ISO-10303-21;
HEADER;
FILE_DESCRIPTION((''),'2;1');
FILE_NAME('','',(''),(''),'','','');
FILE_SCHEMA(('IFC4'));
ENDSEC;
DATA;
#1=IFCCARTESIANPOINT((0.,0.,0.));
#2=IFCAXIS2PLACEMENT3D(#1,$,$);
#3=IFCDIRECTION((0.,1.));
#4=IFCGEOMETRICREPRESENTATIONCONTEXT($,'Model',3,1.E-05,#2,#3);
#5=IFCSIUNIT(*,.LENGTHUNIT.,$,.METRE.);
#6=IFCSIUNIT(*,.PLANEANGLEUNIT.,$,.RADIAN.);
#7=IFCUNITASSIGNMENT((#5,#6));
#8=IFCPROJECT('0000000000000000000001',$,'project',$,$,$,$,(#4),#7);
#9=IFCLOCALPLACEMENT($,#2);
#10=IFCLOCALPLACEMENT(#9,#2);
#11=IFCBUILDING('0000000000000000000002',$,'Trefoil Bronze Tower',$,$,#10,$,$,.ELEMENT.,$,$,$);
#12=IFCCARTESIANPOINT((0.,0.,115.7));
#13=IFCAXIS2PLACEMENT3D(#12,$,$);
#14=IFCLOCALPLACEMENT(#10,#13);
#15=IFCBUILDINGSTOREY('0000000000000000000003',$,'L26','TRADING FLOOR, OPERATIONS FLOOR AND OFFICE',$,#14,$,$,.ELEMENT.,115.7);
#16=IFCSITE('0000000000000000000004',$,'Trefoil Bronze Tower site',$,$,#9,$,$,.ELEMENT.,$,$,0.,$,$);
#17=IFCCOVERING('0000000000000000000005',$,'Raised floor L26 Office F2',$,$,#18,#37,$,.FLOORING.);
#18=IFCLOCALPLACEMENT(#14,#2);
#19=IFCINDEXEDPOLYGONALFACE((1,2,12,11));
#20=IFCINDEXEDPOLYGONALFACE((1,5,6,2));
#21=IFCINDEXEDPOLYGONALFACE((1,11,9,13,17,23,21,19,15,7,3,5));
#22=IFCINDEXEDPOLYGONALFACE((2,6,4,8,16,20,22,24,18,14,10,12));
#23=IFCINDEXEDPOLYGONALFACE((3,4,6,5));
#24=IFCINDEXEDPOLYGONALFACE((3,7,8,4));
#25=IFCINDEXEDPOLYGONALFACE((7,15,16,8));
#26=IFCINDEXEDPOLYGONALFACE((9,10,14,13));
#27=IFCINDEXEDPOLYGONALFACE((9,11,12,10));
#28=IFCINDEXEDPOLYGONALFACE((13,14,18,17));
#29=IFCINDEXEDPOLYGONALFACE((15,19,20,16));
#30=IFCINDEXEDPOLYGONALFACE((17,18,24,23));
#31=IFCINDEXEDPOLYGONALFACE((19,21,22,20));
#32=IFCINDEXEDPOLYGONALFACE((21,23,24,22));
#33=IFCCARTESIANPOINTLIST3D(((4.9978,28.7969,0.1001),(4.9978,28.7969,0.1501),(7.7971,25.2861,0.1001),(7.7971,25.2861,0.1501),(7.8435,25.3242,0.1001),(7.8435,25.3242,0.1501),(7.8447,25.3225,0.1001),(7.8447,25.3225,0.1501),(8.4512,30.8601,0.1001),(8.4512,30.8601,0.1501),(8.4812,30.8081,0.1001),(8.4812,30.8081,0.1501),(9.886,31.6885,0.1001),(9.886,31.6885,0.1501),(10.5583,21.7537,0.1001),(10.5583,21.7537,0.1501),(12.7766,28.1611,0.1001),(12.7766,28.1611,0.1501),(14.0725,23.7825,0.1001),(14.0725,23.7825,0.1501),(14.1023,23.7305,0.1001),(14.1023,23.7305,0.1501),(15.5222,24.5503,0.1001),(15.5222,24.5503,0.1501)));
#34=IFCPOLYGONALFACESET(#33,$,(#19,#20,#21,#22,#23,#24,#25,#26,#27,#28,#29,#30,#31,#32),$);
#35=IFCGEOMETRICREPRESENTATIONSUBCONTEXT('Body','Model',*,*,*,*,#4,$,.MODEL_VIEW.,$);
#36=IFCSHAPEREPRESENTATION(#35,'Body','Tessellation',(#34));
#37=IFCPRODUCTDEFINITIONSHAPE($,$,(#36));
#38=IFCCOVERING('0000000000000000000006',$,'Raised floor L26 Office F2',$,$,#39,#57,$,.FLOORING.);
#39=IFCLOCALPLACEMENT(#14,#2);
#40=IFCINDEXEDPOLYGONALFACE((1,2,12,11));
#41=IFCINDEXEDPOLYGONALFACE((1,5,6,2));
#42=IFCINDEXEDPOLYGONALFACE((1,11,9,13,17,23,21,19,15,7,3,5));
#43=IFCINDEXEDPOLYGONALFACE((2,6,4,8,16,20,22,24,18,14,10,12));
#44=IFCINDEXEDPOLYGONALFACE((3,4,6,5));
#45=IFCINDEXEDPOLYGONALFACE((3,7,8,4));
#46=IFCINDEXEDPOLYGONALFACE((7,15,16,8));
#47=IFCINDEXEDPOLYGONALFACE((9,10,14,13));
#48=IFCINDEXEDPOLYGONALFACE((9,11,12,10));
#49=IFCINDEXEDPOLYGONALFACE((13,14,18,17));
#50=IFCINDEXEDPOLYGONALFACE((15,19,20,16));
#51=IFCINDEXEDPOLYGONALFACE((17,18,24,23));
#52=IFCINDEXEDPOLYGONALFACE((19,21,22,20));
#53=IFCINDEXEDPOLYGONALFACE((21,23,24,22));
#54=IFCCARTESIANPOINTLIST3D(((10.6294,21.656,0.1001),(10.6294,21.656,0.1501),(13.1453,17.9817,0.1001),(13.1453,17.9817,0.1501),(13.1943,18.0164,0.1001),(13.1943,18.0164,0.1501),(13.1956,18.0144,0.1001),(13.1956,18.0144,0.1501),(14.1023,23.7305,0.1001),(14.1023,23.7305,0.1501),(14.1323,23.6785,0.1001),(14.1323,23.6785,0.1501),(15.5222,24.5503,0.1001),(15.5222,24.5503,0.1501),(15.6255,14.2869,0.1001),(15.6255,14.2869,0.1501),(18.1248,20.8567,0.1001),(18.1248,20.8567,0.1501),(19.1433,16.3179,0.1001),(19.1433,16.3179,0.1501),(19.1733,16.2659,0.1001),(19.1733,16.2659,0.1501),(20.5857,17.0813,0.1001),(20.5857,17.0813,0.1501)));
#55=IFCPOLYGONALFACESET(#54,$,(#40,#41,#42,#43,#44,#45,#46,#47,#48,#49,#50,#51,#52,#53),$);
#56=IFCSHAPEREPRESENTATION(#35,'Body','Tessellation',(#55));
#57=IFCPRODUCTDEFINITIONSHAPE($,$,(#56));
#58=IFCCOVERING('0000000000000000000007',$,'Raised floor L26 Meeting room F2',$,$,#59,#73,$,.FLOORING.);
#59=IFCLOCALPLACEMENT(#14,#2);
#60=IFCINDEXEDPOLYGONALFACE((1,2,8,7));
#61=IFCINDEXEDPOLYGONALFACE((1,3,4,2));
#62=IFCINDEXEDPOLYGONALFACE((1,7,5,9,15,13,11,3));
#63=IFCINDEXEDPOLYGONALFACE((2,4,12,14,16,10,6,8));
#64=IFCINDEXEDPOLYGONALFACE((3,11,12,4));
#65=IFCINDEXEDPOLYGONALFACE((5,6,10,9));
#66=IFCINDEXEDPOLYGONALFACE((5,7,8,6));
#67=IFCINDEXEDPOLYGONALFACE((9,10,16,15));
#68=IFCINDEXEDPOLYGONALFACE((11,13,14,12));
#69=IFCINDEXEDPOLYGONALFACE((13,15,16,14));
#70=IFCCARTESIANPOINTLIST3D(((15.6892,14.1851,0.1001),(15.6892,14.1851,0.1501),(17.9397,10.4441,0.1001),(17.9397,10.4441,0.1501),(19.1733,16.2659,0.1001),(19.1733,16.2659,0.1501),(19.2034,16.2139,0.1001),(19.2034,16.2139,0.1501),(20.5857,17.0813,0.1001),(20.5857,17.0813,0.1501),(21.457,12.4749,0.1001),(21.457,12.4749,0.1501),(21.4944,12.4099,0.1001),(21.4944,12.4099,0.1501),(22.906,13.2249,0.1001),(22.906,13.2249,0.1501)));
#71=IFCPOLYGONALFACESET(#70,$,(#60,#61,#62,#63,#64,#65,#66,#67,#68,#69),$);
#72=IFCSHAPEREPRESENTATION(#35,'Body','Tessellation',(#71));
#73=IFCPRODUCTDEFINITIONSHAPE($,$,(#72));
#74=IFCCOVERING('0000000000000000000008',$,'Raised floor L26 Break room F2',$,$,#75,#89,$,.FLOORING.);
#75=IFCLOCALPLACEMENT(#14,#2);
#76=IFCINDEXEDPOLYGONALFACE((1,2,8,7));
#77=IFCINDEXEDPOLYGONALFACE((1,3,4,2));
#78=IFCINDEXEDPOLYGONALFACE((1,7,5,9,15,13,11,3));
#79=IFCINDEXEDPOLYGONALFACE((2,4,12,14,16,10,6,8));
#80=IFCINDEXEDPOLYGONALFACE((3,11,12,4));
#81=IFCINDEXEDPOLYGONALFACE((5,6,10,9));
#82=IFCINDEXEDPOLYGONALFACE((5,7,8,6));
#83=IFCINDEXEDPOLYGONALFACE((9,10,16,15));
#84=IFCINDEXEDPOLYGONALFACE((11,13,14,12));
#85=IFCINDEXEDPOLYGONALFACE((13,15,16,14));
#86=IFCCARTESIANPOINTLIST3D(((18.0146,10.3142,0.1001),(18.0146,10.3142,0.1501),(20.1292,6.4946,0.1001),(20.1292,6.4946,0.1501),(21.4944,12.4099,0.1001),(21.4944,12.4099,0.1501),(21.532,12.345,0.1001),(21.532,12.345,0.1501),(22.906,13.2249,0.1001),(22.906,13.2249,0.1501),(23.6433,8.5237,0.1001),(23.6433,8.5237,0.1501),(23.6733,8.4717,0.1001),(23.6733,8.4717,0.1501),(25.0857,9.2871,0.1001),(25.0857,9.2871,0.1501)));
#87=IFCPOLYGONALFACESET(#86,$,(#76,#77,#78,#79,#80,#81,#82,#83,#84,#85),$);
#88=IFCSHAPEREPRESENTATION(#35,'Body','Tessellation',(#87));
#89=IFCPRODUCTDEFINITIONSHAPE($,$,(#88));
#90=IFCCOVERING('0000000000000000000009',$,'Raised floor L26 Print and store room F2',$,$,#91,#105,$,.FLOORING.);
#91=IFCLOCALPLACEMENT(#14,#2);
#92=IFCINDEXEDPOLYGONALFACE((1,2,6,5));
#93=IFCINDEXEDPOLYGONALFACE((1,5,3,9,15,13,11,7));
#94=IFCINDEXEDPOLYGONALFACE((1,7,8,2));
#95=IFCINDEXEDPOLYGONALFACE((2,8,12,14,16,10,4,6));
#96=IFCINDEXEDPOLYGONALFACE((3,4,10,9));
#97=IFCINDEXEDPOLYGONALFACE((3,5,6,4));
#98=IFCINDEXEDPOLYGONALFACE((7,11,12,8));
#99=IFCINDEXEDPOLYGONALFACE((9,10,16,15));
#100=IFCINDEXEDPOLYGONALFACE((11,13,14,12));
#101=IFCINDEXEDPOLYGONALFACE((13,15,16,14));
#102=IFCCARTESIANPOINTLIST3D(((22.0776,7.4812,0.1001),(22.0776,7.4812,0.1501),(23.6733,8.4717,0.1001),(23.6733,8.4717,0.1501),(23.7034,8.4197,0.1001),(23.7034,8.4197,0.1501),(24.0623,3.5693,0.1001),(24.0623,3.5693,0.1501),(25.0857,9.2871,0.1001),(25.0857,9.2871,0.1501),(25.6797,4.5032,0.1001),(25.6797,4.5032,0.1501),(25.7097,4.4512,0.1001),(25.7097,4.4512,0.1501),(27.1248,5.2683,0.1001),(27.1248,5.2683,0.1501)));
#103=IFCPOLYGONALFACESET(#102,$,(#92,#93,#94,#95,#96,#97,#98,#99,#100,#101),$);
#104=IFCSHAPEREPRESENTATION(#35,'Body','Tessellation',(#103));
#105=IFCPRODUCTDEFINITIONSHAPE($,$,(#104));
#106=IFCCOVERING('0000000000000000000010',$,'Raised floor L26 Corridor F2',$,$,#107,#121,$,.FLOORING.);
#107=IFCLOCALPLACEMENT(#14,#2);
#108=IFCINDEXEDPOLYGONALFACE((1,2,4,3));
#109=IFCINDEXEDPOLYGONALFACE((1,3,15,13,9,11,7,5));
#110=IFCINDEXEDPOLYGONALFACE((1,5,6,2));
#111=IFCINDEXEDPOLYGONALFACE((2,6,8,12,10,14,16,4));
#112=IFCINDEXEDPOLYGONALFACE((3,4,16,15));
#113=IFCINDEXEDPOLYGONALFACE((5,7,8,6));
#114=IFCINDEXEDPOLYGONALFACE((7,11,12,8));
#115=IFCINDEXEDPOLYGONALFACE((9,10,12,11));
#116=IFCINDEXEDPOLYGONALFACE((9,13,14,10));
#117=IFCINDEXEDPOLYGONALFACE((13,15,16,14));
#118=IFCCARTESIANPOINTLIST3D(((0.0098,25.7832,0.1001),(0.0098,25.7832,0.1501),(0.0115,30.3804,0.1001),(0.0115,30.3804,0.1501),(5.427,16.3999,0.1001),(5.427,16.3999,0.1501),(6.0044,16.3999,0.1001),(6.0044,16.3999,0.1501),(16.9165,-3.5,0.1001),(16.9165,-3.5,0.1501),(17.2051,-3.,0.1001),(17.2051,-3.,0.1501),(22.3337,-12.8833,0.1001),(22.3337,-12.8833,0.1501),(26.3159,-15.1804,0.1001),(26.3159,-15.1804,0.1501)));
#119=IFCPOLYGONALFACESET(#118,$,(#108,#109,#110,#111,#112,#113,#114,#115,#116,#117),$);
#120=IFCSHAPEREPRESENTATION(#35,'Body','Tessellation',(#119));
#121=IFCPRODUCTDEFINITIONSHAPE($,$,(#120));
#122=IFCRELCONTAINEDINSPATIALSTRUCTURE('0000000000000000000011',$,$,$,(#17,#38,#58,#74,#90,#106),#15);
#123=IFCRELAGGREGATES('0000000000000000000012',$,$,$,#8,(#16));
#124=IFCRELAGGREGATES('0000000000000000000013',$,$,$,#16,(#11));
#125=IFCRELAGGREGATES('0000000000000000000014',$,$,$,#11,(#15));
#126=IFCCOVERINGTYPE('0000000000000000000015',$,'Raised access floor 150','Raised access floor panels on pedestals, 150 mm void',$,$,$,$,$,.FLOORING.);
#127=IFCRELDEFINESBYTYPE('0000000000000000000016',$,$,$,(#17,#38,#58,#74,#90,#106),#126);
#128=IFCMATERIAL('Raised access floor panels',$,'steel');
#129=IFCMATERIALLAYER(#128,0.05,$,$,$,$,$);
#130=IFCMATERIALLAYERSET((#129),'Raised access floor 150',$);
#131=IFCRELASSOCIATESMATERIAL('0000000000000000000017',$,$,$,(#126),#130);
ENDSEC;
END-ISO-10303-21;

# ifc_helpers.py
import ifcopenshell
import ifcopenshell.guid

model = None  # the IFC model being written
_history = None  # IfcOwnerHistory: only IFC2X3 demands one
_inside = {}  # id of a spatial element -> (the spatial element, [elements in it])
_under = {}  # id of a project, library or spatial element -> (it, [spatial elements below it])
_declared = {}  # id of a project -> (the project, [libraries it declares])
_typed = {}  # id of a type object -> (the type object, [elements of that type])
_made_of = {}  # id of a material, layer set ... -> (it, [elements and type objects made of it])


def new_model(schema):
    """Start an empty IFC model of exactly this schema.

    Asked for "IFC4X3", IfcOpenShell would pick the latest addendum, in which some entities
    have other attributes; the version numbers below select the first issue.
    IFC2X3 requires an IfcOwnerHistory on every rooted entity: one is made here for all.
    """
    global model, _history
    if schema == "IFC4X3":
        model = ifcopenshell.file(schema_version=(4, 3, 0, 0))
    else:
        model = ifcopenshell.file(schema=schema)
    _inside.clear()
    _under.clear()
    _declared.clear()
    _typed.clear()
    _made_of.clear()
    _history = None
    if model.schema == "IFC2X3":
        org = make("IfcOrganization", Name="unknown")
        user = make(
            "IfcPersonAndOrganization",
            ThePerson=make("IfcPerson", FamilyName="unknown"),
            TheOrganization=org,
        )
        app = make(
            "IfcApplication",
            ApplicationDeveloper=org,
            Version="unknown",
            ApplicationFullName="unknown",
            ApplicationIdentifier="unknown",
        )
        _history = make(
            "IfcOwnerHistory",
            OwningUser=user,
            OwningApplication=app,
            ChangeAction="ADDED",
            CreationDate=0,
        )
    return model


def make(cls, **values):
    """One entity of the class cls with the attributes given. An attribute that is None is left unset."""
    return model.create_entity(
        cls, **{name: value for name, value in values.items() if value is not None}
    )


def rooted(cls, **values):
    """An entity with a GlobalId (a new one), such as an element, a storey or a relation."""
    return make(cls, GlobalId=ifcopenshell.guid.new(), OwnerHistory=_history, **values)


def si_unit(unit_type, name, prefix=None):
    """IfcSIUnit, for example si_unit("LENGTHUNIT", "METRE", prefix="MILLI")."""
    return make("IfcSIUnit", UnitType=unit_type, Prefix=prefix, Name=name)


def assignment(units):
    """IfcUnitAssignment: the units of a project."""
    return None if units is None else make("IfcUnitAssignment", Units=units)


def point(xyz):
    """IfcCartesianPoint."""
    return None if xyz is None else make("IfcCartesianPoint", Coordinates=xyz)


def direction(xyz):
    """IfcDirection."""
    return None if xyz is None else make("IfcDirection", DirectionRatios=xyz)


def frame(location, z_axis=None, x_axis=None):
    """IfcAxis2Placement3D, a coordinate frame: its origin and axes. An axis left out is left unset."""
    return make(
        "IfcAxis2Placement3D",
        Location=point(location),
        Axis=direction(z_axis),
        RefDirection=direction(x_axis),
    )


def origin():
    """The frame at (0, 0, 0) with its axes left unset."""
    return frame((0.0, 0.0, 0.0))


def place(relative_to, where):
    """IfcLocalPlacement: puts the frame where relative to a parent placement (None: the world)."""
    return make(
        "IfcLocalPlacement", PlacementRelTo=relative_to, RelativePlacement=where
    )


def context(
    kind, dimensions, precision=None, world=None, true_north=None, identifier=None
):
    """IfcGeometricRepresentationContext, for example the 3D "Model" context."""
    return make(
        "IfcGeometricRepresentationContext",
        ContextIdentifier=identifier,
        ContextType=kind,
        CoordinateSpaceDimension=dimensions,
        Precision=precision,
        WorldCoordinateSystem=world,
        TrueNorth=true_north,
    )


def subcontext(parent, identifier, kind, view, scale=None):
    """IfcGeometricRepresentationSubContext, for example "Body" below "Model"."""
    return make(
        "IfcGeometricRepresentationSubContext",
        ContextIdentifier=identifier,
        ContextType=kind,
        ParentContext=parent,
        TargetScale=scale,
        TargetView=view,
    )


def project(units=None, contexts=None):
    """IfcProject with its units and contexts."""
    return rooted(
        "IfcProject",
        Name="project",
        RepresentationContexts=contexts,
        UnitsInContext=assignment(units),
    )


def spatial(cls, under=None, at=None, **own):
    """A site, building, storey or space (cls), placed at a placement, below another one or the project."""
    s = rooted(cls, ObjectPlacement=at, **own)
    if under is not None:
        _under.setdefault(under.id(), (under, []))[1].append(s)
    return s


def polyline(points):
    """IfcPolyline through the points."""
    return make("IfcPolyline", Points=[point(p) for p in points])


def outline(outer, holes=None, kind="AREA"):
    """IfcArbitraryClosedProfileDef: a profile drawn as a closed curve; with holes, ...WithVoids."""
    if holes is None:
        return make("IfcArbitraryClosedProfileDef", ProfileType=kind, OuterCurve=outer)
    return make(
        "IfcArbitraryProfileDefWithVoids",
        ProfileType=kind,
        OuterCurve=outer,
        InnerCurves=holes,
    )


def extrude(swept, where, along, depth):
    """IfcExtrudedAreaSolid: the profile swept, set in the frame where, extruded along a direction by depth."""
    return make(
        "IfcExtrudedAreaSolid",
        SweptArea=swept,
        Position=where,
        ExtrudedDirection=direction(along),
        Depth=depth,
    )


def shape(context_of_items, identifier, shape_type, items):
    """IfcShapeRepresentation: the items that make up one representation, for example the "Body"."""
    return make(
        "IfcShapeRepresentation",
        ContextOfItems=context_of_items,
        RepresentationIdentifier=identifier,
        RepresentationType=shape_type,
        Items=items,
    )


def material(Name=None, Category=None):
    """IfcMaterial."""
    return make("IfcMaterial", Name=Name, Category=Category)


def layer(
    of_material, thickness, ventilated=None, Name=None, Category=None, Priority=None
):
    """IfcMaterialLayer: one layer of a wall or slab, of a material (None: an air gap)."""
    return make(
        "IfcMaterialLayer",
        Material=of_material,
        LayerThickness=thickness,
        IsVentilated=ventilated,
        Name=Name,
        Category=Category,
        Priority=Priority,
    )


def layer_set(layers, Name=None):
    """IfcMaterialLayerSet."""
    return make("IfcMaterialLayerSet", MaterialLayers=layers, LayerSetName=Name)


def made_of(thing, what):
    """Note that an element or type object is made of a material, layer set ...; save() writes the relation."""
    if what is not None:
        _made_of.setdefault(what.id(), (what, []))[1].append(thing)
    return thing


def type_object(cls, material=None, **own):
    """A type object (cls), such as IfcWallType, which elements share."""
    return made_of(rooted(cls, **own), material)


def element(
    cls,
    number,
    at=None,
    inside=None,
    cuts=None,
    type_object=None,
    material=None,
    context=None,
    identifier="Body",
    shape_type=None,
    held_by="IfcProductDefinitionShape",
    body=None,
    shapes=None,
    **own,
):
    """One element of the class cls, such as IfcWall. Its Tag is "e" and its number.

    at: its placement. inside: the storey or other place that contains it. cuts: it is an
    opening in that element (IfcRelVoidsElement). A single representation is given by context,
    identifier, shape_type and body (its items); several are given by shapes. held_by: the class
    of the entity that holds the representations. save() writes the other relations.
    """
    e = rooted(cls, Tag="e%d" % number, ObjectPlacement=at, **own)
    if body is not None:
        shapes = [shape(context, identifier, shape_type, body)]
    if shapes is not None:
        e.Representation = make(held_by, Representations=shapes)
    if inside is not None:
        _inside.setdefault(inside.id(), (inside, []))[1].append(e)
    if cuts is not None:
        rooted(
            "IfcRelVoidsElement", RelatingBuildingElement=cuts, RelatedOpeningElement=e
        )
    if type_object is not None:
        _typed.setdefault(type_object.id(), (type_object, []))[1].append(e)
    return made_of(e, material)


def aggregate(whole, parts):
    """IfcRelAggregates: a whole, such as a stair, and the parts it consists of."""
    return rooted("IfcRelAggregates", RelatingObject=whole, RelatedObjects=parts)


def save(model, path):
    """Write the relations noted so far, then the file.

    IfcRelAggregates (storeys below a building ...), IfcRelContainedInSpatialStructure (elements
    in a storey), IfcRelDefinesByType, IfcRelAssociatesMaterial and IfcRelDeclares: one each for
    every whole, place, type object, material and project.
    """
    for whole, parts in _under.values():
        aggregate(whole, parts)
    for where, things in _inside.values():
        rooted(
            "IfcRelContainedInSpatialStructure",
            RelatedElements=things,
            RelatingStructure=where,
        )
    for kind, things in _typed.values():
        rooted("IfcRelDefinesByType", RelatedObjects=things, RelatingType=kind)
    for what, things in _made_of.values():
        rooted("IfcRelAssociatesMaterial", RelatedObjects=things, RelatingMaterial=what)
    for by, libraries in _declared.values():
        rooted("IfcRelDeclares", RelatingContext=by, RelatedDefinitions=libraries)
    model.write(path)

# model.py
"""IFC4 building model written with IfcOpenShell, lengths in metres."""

from ifc_helpers import new_model, si_unit, direction, frame, origin, place, context, subcontext, project, spatial, polyline, outline, extrude, material, layer, layer_set, type_object, element, save


model = new_model("IFC4")

# Units and contexts
model_context = context("Model", 3, precision=1e-05, world=origin(), true_north=direction((0.0, 1.0)))
body_context = subcontext(model_context, "Body", "Model", "MODEL_VIEW")
ifc_project = project(units=[si_unit("LENGTHUNIT", "METRE"), si_unit("PLANEANGLEUNIT", "RADIAN")], contexts=[model_context])

# Site, building, storey
site_placement = place(None, origin())
site = spatial("IfcSite", under=ifc_project, at=site_placement, Name="Trefoil Bronze Tower site", CompositionType="ELEMENT", RefElevation=0.0)
building_placement = place(site_placement, origin())
building = spatial("IfcBuilding", under=site, at=building_placement, Name="Trefoil Bronze Tower", CompositionType="ELEMENT")
storey_placement = place(building_placement, frame((0.0, 0.0, 115.7)))
storey = spatial("IfcBuildingStorey", under=building, at=storey_placement, Name="L26", Description="TRADING FLOOR, OPERATIONS FLOOR AND OFFICE", CompositionType="ELEMENT", Elevation=115.7)

# Coverings
ifc_material_1 = material(Name="Raised access floor panels", Category="steel")
ifc_layer_1 = layer(ifc_material_1, 0.05)
ifc_layer_set_1 = layer_set([ifc_layer_1], Name="Raised access floor 150")
covering_type_1 = type_object("IfcCoveringType", Name="Raised access floor 150", Description="Raised access floor panels on pedestals, 150 mm void", PredefinedType="FLOORING", material=ifc_layer_set_1)
covering_1_placement = place(storey_placement, frame((0.0, 0.0, 0.1001)))
element("IfcCovering", 1, at=covering_1_placement, inside=storey, type_object=covering_type_1, Name="Raised floor L26 Office F2", PredefinedType="FLOORING", context=body_context, shape_type="SweptSolid", body=[
    extrude(outline(polyline([(12.7766, 28.1611), (15.5222, 24.5503), (14.1023, 23.7305), (14.0725, 23.7825), (10.5583, 21.7537), (7.8447, 25.3225), (7.7971, 25.2861), (7.8435, 25.3242), (4.9978, 28.7969), (8.4812, 30.8081), (8.4512, 30.8601), (9.886, 31.6885), (12.7766, 28.1611)])), origin(), (0.0, 0.0, 1.0), 0.05),
])
covering_2_placement = place(storey_placement, frame((0.0, 0.0, 0.1001)))
element("IfcCovering", 2, at=covering_2_placement, inside=storey, type_object=covering_type_1, Name="Raised floor L26 Office F2", PredefinedType="FLOORING", context=body_context, shape_type="SweptSolid", body=[
    extrude(outline(polyline([(20.5857, 17.0813), (19.1733, 16.2659), (19.1433, 16.3179), (15.6255, 14.2869), (13.1956, 18.0144), (13.1453, 17.9817), (13.1943, 18.0164), (10.6294, 21.656), (14.1323, 23.6785), (14.1023, 23.7305), (15.5222, 24.5503), (18.1248, 20.8567), (20.5857, 17.0813)])), origin(), (0.0, 0.0, 1.0), 0.05),
])
covering_3_placement = place(storey_placement, frame((0.0, 0.0, 0.1001)))
element("IfcCovering", 3, at=covering_3_placement, inside=storey, type_object=covering_type_1, Name="Raised floor L26 Meeting room F2", PredefinedType="FLOORING", context=body_context, shape_type="SweptSolid", body=[
    extrude(outline(polyline([(20.5857, 17.0813), (22.906, 13.2249), (21.4944, 12.4099), (21.457, 12.4749), (17.9397, 10.4441), (15.6892, 14.1851), (19.2034, 16.2139), (19.1733, 16.2659), (20.5857, 17.0813)])), origin(), (0.0, 0.0, 1.0), 0.05),
])
covering_4_placement = place(storey_placement, frame((0.0, 0.0, 0.1001)))
element("IfcCovering", 4, at=covering_4_placement, inside=storey, type_object=covering_type_1, Name="Raised floor L26 Break room F2", PredefinedType="FLOORING", context=body_context, shape_type="SweptSolid", body=[
    extrude(outline(polyline([(22.906, 13.2249), (25.0857, 9.2871), (23.6733, 8.4717), (23.6433, 8.5237), (20.1292, 6.4946), (18.0146, 10.3142), (21.532, 12.345), (21.4944, 12.4099), (22.906, 13.2249)])), origin(), (0.0, 0.0, 1.0), 0.05),
])
covering_5_placement = place(storey_placement, frame((0.0, 0.0, 0.1001)))
element("IfcCovering", 5, at=covering_5_placement, inside=storey, type_object=covering_type_1, Name="Raised floor L26 Print and store room F2", PredefinedType="FLOORING", context=body_context, shape_type="SweptSolid", body=[
    extrude(outline(polyline([(25.0857, 9.2871), (27.1248, 5.2683), (25.7097, 4.4512), (25.6797, 4.5032), (24.0623, 3.5693), (22.0776, 7.4812), (23.7034, 8.4197), (23.6733, 8.4717), (25.0857, 9.2871)])), origin(), (0.0, 0.0, 1.0), 0.05),
])
covering_6_placement = place(storey_placement, frame((0.0, 0.0, 0.1001)))
element("IfcCovering", 6, at=covering_6_placement, inside=storey, type_object=covering_type_1, Name="Raised floor L26 Corridor F2", PredefinedType="FLOORING", context=body_context, shape_type="SweptSolid", body=[
    extrude(outline(polyline([(26.3159, -15.1804), (22.3337, -12.8833), (16.9165, -3.5), (17.2051, -3.0), (6.0044, 16.3999), (5.427, 16.3999), (0.0098, 25.7832), (0.0115, 30.3804), (26.3159, -15.1804)])), origin(), (0.0, 0.0, 1.0), 0.05),
])

save(model, "model.ifc")
